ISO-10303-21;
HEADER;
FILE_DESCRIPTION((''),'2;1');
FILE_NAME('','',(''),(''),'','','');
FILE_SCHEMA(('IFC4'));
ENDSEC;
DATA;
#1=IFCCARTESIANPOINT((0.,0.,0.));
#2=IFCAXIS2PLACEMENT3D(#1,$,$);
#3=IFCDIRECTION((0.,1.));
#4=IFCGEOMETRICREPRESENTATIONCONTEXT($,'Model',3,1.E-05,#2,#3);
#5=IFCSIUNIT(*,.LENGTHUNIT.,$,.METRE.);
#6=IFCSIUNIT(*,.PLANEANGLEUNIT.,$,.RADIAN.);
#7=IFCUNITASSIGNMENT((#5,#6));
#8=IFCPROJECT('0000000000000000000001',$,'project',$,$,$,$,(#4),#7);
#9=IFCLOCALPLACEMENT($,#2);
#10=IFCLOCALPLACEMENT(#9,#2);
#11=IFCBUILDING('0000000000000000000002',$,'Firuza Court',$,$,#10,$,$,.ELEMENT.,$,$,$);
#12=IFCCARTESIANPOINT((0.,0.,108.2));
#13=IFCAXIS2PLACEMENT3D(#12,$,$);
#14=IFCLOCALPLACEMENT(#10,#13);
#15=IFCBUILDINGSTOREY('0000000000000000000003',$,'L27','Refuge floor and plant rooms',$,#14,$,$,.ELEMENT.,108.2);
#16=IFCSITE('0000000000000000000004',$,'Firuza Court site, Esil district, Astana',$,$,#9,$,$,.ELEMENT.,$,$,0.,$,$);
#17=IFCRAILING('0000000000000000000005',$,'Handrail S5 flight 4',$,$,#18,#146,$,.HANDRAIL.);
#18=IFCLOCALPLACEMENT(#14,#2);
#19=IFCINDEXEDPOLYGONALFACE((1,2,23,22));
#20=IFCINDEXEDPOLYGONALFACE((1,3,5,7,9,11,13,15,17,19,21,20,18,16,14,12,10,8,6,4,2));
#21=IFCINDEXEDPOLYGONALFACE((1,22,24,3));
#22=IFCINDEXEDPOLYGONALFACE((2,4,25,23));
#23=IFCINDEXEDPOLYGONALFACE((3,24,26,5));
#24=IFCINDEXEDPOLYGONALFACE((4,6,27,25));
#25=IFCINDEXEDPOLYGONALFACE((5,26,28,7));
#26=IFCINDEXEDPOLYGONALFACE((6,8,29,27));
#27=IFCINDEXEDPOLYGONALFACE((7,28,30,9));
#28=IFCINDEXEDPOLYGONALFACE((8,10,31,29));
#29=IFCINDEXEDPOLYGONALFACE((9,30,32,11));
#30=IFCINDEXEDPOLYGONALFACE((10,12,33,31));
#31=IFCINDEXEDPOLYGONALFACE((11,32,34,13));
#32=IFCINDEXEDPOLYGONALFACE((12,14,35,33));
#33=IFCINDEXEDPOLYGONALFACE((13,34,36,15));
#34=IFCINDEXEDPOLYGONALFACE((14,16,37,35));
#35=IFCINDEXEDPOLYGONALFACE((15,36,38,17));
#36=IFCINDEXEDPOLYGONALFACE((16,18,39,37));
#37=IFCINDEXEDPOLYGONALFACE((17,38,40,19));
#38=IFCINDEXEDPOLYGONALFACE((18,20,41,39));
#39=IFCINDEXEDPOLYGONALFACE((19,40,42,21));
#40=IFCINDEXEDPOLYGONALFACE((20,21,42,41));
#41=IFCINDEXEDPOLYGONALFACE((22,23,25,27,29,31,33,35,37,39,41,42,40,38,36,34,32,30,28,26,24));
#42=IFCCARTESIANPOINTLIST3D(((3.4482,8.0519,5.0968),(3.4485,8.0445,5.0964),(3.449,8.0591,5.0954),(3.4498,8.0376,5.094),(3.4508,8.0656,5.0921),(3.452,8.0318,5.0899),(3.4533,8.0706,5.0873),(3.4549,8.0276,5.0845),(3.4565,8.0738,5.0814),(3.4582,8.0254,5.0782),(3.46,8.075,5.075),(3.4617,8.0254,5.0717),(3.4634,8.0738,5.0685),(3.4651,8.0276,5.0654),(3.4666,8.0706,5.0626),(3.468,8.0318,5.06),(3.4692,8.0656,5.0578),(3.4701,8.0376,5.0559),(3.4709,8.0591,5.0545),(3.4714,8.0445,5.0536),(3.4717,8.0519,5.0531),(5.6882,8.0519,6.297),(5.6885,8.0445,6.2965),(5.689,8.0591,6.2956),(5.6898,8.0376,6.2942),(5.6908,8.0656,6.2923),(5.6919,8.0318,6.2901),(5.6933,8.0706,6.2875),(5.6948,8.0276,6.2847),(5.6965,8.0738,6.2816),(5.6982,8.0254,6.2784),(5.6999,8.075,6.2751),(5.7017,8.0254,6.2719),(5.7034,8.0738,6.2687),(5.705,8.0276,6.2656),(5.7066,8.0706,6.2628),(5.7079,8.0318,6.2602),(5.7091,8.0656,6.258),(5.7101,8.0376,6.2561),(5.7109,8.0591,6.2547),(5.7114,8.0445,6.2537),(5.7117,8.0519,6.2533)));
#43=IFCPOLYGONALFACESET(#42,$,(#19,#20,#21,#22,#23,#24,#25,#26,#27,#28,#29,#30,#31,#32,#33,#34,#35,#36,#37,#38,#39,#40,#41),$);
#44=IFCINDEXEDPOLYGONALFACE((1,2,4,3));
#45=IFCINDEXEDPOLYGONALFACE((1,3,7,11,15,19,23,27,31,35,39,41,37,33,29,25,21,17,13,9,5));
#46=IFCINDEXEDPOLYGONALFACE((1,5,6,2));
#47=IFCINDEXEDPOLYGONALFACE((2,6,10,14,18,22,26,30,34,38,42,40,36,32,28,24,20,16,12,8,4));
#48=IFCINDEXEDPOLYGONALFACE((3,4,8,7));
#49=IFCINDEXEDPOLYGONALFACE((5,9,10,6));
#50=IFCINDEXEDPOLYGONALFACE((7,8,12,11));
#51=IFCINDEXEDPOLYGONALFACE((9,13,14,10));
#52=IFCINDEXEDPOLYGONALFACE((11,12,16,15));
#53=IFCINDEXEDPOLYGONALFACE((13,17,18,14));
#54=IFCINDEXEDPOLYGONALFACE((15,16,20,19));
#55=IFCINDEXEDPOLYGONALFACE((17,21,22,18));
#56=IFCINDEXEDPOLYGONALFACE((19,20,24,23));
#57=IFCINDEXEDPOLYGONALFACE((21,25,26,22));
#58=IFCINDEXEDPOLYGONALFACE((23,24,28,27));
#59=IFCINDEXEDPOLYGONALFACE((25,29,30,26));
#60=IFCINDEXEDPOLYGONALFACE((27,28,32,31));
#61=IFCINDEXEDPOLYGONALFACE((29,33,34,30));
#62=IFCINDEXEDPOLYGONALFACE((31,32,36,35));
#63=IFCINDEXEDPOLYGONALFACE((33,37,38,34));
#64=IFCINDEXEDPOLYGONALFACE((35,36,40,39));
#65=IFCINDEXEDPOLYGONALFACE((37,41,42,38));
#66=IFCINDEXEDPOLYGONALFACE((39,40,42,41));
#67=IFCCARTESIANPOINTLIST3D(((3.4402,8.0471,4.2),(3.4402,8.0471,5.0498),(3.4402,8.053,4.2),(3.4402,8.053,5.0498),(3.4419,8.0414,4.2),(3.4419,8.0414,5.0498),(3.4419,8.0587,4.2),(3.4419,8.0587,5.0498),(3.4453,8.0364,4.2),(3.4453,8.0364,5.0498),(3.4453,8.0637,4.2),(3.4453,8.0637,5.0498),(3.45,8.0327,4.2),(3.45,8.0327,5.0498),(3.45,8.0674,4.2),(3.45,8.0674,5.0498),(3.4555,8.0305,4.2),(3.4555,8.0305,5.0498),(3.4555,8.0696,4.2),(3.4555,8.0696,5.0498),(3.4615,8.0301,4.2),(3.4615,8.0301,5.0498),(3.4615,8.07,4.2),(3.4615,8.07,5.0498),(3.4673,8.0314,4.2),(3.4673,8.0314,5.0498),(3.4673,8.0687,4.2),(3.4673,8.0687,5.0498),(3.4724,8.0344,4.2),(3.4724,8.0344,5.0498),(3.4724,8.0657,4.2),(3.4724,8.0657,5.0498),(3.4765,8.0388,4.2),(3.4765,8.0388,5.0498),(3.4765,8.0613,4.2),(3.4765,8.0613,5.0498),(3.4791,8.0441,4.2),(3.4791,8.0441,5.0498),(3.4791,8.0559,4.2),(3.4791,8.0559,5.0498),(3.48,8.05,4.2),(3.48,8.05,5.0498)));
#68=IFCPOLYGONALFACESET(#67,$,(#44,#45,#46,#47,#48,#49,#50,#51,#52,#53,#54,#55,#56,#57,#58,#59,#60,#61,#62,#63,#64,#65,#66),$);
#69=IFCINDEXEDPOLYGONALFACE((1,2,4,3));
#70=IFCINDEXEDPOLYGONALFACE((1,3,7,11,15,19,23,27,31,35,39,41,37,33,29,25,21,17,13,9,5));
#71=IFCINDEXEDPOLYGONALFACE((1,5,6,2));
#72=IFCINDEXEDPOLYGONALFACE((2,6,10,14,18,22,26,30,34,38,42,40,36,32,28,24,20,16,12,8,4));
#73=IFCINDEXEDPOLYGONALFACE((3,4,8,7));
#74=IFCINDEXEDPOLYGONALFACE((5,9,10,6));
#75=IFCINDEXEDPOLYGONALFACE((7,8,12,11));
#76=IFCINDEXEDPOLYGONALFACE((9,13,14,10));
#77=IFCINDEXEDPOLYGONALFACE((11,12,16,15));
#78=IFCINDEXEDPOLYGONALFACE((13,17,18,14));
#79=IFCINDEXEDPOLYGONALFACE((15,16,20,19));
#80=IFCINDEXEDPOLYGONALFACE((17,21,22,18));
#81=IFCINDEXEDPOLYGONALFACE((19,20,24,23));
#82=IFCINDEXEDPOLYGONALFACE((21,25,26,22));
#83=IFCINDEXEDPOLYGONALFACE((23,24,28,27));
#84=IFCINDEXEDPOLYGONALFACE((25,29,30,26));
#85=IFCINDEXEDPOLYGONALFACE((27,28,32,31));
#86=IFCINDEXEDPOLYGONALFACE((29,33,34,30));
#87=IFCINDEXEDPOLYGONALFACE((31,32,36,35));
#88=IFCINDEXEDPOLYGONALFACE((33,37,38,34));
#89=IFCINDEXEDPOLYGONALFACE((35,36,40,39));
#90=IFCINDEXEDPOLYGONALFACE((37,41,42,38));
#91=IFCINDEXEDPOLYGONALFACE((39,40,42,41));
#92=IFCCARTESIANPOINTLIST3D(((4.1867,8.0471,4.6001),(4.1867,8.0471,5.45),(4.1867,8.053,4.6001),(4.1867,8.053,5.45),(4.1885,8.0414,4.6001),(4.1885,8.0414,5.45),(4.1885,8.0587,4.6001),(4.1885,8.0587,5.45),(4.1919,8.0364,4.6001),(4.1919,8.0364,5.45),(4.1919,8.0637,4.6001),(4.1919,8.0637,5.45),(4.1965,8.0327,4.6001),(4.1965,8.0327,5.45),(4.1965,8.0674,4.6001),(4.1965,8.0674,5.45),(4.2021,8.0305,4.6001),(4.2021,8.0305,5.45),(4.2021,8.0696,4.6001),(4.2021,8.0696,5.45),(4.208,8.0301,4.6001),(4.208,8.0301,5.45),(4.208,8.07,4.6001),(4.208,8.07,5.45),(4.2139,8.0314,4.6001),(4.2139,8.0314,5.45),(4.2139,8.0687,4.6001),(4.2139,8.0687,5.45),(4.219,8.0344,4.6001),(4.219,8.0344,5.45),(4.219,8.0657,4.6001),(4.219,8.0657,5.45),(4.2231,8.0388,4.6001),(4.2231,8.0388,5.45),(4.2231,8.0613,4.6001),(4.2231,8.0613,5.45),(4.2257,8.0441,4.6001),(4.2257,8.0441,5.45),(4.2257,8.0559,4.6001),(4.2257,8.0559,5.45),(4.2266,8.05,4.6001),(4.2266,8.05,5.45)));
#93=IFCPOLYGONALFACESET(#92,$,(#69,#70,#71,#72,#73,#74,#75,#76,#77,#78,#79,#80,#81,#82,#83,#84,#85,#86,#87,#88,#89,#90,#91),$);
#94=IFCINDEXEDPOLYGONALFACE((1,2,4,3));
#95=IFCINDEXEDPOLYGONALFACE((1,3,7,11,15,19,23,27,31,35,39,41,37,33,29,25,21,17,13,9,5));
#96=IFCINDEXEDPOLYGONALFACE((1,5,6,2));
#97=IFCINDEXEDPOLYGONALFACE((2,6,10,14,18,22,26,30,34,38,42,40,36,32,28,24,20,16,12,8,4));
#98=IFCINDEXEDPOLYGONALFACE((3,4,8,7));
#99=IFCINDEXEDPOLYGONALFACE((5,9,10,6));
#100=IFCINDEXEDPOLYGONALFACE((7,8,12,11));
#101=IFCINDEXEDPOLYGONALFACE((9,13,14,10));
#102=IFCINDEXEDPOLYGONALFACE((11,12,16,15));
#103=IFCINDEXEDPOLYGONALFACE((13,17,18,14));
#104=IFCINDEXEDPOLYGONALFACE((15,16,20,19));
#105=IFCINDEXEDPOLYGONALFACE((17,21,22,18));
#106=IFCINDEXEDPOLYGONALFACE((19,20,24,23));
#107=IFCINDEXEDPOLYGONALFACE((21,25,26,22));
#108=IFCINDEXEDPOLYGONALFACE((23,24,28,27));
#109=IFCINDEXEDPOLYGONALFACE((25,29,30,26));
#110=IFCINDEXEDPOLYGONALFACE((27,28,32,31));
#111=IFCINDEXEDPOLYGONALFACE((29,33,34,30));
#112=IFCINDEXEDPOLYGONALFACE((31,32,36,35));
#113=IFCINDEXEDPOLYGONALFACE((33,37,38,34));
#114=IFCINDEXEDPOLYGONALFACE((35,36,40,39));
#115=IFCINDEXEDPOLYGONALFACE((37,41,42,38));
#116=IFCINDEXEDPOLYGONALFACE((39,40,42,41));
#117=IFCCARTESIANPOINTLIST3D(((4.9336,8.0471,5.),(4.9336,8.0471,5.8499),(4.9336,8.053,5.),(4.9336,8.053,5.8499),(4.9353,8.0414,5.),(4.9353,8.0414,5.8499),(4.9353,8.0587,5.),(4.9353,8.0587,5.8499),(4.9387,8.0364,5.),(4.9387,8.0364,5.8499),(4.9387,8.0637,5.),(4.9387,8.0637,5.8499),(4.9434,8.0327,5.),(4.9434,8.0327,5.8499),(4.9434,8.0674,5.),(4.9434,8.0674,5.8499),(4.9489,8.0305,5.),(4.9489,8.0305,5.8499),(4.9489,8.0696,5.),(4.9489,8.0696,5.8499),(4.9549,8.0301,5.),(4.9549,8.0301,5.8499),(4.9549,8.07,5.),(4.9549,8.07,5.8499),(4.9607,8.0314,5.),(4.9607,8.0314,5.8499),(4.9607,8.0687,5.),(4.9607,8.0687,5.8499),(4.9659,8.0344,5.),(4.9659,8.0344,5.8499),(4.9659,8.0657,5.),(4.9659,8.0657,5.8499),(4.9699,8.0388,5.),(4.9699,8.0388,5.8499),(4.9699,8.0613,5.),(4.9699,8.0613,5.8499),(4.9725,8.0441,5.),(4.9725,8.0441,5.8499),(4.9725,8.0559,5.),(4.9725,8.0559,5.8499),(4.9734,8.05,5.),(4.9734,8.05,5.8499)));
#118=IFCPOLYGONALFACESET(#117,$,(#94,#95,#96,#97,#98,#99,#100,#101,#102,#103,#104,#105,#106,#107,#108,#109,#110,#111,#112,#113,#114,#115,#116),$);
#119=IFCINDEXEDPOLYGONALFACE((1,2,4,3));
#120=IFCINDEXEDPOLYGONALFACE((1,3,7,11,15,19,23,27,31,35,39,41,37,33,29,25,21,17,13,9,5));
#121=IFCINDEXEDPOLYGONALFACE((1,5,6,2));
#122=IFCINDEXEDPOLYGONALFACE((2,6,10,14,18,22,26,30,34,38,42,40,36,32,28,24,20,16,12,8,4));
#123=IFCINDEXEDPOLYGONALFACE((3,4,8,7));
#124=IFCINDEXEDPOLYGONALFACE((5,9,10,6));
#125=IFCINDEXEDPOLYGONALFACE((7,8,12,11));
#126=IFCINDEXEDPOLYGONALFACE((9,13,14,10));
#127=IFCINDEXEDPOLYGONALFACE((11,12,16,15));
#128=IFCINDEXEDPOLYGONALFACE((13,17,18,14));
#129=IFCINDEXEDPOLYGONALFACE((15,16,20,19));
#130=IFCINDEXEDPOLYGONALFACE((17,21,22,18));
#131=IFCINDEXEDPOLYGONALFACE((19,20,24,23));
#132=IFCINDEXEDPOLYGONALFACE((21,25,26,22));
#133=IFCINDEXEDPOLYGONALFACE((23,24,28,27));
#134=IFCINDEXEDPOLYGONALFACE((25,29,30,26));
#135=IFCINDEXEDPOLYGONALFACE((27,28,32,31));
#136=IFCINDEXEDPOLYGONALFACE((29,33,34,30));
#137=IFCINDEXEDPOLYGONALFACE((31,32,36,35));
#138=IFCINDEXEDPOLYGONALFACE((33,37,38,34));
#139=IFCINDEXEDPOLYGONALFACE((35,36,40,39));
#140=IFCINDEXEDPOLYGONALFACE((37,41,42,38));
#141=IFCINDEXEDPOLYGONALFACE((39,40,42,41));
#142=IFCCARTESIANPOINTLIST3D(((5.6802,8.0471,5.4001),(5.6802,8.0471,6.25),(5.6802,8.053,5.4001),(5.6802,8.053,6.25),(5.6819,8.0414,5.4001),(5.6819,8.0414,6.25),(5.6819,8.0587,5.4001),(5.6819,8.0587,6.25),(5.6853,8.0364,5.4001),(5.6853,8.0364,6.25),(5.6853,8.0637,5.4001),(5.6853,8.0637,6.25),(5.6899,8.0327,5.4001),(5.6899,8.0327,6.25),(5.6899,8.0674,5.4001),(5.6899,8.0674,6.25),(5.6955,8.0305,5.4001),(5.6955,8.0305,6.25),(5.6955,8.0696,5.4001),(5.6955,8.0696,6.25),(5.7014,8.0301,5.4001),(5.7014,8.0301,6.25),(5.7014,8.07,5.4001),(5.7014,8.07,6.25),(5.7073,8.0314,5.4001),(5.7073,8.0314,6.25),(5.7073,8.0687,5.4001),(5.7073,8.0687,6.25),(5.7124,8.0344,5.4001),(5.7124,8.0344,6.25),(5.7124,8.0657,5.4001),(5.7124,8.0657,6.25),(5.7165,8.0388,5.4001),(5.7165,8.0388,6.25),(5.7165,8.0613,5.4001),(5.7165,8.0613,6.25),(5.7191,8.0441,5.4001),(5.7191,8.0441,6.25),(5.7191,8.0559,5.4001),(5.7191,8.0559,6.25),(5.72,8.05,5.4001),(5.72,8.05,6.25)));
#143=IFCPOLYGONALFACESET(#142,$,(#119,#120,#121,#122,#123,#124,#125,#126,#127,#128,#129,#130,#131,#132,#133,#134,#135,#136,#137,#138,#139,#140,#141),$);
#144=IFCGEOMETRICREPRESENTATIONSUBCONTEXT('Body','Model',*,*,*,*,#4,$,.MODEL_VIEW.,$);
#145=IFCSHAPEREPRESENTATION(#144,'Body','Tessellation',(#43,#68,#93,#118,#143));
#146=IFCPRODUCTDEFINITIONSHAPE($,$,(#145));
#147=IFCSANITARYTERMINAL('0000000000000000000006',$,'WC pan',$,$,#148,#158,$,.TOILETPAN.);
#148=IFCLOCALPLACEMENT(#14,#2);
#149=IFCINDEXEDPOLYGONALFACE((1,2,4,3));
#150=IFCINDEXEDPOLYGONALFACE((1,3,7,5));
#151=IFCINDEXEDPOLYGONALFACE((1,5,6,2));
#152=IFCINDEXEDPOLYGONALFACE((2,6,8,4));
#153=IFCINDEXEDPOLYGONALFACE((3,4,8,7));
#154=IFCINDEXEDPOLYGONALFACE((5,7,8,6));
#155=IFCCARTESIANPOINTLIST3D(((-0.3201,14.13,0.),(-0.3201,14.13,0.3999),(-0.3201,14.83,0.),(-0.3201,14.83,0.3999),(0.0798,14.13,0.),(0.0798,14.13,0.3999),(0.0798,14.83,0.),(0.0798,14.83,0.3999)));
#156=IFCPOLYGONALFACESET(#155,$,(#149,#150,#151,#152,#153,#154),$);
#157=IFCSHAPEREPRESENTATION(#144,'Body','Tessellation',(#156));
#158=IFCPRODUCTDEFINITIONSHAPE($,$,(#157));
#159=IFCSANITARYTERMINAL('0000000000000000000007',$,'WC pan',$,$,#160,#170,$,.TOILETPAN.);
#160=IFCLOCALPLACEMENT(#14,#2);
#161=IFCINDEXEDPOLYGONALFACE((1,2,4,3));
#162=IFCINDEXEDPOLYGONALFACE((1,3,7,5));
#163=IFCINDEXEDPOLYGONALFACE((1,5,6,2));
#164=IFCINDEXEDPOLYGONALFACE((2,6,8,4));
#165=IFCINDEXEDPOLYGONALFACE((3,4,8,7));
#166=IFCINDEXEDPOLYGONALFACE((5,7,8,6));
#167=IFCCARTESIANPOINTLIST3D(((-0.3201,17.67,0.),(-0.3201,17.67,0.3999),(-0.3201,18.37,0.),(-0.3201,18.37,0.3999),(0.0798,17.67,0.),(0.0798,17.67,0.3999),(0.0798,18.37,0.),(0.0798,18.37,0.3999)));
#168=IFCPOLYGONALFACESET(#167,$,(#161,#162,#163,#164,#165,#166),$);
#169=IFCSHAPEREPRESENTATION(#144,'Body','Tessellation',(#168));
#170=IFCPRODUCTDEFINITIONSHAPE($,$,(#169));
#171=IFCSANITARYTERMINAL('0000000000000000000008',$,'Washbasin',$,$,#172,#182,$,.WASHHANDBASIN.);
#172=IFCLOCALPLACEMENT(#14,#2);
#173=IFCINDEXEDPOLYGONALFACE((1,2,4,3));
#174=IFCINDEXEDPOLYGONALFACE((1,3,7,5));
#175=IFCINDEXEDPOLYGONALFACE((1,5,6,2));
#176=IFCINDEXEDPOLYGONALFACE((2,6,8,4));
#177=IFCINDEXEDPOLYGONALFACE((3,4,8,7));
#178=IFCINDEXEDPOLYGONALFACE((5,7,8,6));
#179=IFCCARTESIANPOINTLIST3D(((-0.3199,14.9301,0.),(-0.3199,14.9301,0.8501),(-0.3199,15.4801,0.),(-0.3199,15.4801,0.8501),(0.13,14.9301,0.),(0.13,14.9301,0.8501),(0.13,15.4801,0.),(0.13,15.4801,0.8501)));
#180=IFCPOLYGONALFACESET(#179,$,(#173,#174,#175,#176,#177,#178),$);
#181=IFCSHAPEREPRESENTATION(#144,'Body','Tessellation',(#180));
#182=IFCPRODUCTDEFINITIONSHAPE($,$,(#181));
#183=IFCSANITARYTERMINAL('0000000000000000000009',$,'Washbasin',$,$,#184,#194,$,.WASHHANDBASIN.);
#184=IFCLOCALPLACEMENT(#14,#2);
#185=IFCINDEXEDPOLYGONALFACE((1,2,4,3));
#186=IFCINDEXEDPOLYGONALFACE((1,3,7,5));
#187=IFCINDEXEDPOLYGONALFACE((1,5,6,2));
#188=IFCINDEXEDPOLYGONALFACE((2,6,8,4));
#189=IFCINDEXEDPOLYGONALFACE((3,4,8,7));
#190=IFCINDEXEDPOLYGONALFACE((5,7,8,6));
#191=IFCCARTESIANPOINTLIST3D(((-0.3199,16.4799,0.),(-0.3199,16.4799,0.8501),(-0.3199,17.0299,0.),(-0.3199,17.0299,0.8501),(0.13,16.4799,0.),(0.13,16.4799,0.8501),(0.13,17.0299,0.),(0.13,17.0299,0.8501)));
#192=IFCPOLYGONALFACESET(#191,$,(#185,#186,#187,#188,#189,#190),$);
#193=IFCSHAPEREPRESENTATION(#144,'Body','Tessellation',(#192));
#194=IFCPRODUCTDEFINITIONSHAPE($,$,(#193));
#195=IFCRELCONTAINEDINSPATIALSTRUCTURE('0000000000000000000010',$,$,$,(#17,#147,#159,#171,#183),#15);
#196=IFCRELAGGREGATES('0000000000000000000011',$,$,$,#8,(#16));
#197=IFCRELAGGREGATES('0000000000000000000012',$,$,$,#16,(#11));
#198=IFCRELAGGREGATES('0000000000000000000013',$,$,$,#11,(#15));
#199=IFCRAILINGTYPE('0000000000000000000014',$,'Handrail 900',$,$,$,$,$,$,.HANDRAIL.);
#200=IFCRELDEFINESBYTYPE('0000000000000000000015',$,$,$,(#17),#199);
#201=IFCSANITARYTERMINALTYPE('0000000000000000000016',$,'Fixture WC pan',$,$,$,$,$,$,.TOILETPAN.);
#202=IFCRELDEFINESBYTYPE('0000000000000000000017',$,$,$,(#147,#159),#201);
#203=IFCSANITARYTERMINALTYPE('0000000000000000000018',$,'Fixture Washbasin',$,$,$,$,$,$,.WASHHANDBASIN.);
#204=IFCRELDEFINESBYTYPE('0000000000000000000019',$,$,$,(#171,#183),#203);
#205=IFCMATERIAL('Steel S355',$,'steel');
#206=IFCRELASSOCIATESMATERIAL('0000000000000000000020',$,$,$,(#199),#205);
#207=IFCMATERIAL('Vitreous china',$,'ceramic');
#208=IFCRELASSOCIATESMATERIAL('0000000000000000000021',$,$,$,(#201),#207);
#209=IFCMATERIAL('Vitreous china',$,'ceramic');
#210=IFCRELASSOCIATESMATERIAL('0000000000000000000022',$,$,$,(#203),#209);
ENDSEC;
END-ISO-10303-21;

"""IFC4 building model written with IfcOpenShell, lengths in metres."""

from ifc_helpers import new_model, si_unit, direction, frame, origin, origin_2d, place, context, subcontext, project, spatial, rectangle, circle, extrude, material, type_object, element, save


model = new_model("IFC4")

# Units and contexts
model_context = context("Model", 3, precision=1e-05, world=origin(), true_north=direction((0.0, 1.0)))
body_context = subcontext(model_context, "Body", "Model", "MODEL_VIEW")
ifc_project = project(units=[si_unit("LENGTHUNIT", "METRE"), si_unit("PLANEANGLEUNIT", "RADIAN")], contexts=[model_context])

# Site, building, storey
site_placement = place(None, origin())
site = spatial("IfcSite", under=ifc_project, at=site_placement, Name="Firuza Court site, Esil district, Astana", CompositionType="ELEMENT", RefElevation=0.0)
building_placement = place(site_placement, origin())
building = spatial("IfcBuilding", under=site, at=building_placement, Name="Firuza Court", CompositionType="ELEMENT")
storey_placement = place(building_placement, frame((0.0, 0.0, 108.2)))
storey = spatial("IfcBuildingStorey", under=building, at=storey_placement, Name="L27", Description="Refuge floor and plant rooms", CompositionType="ELEMENT", Elevation=108.2)

# Railing
ifc_material_1 = material(Name="Steel S355", Category="steel")
railing_type = type_object("IfcRailingType", Name="Handrail 900", PredefinedType="HANDRAIL", material=ifc_material_1)
railing_1_placement = place(storey_placement, frame((3.46, 8.05, 4.2)))
element("IfcRailing", 1, at=railing_1_placement, inside=storey, type_object=railing_type, Name="Handrail S5 flight 4", PredefinedType="HANDRAIL", context=body_context, shape_type="SweptSolid", body=[
    extrude(circle(Radius=0.0249, at=origin_2d()), frame((0.0, 0.0, 0.875), z_axis=(0.881447, 0.0, 0.472283), x_axis=(0.0, 1.0, 0.0)), (0.0, 0.0, 1.0), 2.5413),
    extrude(circle(Radius=0.02, at=origin_2d()), origin(), (0.0, 0.0, 1.0), 0.8499),
    extrude(circle(Radius=0.02, at=origin_2d()), frame((0.7466, 0.0, 0.4001)), (0.0, 0.0, 1.0), 0.8499),
    extrude(circle(Radius=0.02, at=origin_2d()), frame((1.4934, 0.0, 0.8)), (0.0, 0.0, 1.0), 0.8499),
    extrude(circle(Radius=0.02, at=origin_2d()), frame((2.24, 0.0, 1.2002)), (0.0, 0.0, 1.0), 0.8499),
])

# Sanitary terminals
ifc_material_2 = material(Name="Vitreous china", Category="ceramic")
sanitary_terminal_type_1 = type_object("IfcSanitaryTerminalType", Name="Fixture WC pan", PredefinedType="TOILETPAN", material=ifc_material_2)
for number, where, z_axis, x_axis, name in (
    (2, (-0.1201, 14.48, 0.0), (0.0, 0.0, 1.0), (1.0, 0.0, 0.0), "WC pan"),
    (3, (-0.1201, 18.02, 0.0), (0.0, 0.0, 1.0), (1.0, 0.0, 0.0), "WC pan"),
):
    element("IfcSanitaryTerminal", number, at=place(storey_placement, frame(where, z_axis=z_axis, x_axis=x_axis)), inside=storey, type_object=sanitary_terminal_type_1, Name=name, PredefinedType="TOILETPAN", context=body_context, shape_type="SweptSolid", body=[
        extrude(rectangle(XDim=0.3999, YDim=0.7, at=origin_2d()), origin(), (0.0, 0.0, 1.0), 0.3999),
    ])
ifc_material_3 = material(Name="Vitreous china", Category="ceramic")
sanitary_terminal_type_2 = type_object("IfcSanitaryTerminalType", Name="Fixture Washbasin", PredefinedType="WASHHANDBASIN", material=ifc_material_3)
for number, where, z_axis, x_axis, name in (
    (4, (-0.095, 15.2051, 0.0), (0.0, 0.0, 1.0), (1.0, 0.0, 0.0), "Washbasin"),
    (5, (-0.095, 16.7549, 0.0), (0.0, 0.0, 1.0), (1.0, 0.0, 0.0), "Washbasin"),
):
    element("IfcSanitaryTerminal", number, at=place(storey_placement, frame(where, z_axis=z_axis, x_axis=x_axis)), inside=storey, type_object=sanitary_terminal_type_2, Name=name, PredefinedType="WASHHANDBASIN", context=body_context, shape_type="SweptSolid", body=[
        extrude(rectangle(XDim=0.45, YDim=0.55, at=origin_2d()), origin(), (0.0, 0.0, 1.0), 0.8501),
    ])

save(model, "model.ifc")
